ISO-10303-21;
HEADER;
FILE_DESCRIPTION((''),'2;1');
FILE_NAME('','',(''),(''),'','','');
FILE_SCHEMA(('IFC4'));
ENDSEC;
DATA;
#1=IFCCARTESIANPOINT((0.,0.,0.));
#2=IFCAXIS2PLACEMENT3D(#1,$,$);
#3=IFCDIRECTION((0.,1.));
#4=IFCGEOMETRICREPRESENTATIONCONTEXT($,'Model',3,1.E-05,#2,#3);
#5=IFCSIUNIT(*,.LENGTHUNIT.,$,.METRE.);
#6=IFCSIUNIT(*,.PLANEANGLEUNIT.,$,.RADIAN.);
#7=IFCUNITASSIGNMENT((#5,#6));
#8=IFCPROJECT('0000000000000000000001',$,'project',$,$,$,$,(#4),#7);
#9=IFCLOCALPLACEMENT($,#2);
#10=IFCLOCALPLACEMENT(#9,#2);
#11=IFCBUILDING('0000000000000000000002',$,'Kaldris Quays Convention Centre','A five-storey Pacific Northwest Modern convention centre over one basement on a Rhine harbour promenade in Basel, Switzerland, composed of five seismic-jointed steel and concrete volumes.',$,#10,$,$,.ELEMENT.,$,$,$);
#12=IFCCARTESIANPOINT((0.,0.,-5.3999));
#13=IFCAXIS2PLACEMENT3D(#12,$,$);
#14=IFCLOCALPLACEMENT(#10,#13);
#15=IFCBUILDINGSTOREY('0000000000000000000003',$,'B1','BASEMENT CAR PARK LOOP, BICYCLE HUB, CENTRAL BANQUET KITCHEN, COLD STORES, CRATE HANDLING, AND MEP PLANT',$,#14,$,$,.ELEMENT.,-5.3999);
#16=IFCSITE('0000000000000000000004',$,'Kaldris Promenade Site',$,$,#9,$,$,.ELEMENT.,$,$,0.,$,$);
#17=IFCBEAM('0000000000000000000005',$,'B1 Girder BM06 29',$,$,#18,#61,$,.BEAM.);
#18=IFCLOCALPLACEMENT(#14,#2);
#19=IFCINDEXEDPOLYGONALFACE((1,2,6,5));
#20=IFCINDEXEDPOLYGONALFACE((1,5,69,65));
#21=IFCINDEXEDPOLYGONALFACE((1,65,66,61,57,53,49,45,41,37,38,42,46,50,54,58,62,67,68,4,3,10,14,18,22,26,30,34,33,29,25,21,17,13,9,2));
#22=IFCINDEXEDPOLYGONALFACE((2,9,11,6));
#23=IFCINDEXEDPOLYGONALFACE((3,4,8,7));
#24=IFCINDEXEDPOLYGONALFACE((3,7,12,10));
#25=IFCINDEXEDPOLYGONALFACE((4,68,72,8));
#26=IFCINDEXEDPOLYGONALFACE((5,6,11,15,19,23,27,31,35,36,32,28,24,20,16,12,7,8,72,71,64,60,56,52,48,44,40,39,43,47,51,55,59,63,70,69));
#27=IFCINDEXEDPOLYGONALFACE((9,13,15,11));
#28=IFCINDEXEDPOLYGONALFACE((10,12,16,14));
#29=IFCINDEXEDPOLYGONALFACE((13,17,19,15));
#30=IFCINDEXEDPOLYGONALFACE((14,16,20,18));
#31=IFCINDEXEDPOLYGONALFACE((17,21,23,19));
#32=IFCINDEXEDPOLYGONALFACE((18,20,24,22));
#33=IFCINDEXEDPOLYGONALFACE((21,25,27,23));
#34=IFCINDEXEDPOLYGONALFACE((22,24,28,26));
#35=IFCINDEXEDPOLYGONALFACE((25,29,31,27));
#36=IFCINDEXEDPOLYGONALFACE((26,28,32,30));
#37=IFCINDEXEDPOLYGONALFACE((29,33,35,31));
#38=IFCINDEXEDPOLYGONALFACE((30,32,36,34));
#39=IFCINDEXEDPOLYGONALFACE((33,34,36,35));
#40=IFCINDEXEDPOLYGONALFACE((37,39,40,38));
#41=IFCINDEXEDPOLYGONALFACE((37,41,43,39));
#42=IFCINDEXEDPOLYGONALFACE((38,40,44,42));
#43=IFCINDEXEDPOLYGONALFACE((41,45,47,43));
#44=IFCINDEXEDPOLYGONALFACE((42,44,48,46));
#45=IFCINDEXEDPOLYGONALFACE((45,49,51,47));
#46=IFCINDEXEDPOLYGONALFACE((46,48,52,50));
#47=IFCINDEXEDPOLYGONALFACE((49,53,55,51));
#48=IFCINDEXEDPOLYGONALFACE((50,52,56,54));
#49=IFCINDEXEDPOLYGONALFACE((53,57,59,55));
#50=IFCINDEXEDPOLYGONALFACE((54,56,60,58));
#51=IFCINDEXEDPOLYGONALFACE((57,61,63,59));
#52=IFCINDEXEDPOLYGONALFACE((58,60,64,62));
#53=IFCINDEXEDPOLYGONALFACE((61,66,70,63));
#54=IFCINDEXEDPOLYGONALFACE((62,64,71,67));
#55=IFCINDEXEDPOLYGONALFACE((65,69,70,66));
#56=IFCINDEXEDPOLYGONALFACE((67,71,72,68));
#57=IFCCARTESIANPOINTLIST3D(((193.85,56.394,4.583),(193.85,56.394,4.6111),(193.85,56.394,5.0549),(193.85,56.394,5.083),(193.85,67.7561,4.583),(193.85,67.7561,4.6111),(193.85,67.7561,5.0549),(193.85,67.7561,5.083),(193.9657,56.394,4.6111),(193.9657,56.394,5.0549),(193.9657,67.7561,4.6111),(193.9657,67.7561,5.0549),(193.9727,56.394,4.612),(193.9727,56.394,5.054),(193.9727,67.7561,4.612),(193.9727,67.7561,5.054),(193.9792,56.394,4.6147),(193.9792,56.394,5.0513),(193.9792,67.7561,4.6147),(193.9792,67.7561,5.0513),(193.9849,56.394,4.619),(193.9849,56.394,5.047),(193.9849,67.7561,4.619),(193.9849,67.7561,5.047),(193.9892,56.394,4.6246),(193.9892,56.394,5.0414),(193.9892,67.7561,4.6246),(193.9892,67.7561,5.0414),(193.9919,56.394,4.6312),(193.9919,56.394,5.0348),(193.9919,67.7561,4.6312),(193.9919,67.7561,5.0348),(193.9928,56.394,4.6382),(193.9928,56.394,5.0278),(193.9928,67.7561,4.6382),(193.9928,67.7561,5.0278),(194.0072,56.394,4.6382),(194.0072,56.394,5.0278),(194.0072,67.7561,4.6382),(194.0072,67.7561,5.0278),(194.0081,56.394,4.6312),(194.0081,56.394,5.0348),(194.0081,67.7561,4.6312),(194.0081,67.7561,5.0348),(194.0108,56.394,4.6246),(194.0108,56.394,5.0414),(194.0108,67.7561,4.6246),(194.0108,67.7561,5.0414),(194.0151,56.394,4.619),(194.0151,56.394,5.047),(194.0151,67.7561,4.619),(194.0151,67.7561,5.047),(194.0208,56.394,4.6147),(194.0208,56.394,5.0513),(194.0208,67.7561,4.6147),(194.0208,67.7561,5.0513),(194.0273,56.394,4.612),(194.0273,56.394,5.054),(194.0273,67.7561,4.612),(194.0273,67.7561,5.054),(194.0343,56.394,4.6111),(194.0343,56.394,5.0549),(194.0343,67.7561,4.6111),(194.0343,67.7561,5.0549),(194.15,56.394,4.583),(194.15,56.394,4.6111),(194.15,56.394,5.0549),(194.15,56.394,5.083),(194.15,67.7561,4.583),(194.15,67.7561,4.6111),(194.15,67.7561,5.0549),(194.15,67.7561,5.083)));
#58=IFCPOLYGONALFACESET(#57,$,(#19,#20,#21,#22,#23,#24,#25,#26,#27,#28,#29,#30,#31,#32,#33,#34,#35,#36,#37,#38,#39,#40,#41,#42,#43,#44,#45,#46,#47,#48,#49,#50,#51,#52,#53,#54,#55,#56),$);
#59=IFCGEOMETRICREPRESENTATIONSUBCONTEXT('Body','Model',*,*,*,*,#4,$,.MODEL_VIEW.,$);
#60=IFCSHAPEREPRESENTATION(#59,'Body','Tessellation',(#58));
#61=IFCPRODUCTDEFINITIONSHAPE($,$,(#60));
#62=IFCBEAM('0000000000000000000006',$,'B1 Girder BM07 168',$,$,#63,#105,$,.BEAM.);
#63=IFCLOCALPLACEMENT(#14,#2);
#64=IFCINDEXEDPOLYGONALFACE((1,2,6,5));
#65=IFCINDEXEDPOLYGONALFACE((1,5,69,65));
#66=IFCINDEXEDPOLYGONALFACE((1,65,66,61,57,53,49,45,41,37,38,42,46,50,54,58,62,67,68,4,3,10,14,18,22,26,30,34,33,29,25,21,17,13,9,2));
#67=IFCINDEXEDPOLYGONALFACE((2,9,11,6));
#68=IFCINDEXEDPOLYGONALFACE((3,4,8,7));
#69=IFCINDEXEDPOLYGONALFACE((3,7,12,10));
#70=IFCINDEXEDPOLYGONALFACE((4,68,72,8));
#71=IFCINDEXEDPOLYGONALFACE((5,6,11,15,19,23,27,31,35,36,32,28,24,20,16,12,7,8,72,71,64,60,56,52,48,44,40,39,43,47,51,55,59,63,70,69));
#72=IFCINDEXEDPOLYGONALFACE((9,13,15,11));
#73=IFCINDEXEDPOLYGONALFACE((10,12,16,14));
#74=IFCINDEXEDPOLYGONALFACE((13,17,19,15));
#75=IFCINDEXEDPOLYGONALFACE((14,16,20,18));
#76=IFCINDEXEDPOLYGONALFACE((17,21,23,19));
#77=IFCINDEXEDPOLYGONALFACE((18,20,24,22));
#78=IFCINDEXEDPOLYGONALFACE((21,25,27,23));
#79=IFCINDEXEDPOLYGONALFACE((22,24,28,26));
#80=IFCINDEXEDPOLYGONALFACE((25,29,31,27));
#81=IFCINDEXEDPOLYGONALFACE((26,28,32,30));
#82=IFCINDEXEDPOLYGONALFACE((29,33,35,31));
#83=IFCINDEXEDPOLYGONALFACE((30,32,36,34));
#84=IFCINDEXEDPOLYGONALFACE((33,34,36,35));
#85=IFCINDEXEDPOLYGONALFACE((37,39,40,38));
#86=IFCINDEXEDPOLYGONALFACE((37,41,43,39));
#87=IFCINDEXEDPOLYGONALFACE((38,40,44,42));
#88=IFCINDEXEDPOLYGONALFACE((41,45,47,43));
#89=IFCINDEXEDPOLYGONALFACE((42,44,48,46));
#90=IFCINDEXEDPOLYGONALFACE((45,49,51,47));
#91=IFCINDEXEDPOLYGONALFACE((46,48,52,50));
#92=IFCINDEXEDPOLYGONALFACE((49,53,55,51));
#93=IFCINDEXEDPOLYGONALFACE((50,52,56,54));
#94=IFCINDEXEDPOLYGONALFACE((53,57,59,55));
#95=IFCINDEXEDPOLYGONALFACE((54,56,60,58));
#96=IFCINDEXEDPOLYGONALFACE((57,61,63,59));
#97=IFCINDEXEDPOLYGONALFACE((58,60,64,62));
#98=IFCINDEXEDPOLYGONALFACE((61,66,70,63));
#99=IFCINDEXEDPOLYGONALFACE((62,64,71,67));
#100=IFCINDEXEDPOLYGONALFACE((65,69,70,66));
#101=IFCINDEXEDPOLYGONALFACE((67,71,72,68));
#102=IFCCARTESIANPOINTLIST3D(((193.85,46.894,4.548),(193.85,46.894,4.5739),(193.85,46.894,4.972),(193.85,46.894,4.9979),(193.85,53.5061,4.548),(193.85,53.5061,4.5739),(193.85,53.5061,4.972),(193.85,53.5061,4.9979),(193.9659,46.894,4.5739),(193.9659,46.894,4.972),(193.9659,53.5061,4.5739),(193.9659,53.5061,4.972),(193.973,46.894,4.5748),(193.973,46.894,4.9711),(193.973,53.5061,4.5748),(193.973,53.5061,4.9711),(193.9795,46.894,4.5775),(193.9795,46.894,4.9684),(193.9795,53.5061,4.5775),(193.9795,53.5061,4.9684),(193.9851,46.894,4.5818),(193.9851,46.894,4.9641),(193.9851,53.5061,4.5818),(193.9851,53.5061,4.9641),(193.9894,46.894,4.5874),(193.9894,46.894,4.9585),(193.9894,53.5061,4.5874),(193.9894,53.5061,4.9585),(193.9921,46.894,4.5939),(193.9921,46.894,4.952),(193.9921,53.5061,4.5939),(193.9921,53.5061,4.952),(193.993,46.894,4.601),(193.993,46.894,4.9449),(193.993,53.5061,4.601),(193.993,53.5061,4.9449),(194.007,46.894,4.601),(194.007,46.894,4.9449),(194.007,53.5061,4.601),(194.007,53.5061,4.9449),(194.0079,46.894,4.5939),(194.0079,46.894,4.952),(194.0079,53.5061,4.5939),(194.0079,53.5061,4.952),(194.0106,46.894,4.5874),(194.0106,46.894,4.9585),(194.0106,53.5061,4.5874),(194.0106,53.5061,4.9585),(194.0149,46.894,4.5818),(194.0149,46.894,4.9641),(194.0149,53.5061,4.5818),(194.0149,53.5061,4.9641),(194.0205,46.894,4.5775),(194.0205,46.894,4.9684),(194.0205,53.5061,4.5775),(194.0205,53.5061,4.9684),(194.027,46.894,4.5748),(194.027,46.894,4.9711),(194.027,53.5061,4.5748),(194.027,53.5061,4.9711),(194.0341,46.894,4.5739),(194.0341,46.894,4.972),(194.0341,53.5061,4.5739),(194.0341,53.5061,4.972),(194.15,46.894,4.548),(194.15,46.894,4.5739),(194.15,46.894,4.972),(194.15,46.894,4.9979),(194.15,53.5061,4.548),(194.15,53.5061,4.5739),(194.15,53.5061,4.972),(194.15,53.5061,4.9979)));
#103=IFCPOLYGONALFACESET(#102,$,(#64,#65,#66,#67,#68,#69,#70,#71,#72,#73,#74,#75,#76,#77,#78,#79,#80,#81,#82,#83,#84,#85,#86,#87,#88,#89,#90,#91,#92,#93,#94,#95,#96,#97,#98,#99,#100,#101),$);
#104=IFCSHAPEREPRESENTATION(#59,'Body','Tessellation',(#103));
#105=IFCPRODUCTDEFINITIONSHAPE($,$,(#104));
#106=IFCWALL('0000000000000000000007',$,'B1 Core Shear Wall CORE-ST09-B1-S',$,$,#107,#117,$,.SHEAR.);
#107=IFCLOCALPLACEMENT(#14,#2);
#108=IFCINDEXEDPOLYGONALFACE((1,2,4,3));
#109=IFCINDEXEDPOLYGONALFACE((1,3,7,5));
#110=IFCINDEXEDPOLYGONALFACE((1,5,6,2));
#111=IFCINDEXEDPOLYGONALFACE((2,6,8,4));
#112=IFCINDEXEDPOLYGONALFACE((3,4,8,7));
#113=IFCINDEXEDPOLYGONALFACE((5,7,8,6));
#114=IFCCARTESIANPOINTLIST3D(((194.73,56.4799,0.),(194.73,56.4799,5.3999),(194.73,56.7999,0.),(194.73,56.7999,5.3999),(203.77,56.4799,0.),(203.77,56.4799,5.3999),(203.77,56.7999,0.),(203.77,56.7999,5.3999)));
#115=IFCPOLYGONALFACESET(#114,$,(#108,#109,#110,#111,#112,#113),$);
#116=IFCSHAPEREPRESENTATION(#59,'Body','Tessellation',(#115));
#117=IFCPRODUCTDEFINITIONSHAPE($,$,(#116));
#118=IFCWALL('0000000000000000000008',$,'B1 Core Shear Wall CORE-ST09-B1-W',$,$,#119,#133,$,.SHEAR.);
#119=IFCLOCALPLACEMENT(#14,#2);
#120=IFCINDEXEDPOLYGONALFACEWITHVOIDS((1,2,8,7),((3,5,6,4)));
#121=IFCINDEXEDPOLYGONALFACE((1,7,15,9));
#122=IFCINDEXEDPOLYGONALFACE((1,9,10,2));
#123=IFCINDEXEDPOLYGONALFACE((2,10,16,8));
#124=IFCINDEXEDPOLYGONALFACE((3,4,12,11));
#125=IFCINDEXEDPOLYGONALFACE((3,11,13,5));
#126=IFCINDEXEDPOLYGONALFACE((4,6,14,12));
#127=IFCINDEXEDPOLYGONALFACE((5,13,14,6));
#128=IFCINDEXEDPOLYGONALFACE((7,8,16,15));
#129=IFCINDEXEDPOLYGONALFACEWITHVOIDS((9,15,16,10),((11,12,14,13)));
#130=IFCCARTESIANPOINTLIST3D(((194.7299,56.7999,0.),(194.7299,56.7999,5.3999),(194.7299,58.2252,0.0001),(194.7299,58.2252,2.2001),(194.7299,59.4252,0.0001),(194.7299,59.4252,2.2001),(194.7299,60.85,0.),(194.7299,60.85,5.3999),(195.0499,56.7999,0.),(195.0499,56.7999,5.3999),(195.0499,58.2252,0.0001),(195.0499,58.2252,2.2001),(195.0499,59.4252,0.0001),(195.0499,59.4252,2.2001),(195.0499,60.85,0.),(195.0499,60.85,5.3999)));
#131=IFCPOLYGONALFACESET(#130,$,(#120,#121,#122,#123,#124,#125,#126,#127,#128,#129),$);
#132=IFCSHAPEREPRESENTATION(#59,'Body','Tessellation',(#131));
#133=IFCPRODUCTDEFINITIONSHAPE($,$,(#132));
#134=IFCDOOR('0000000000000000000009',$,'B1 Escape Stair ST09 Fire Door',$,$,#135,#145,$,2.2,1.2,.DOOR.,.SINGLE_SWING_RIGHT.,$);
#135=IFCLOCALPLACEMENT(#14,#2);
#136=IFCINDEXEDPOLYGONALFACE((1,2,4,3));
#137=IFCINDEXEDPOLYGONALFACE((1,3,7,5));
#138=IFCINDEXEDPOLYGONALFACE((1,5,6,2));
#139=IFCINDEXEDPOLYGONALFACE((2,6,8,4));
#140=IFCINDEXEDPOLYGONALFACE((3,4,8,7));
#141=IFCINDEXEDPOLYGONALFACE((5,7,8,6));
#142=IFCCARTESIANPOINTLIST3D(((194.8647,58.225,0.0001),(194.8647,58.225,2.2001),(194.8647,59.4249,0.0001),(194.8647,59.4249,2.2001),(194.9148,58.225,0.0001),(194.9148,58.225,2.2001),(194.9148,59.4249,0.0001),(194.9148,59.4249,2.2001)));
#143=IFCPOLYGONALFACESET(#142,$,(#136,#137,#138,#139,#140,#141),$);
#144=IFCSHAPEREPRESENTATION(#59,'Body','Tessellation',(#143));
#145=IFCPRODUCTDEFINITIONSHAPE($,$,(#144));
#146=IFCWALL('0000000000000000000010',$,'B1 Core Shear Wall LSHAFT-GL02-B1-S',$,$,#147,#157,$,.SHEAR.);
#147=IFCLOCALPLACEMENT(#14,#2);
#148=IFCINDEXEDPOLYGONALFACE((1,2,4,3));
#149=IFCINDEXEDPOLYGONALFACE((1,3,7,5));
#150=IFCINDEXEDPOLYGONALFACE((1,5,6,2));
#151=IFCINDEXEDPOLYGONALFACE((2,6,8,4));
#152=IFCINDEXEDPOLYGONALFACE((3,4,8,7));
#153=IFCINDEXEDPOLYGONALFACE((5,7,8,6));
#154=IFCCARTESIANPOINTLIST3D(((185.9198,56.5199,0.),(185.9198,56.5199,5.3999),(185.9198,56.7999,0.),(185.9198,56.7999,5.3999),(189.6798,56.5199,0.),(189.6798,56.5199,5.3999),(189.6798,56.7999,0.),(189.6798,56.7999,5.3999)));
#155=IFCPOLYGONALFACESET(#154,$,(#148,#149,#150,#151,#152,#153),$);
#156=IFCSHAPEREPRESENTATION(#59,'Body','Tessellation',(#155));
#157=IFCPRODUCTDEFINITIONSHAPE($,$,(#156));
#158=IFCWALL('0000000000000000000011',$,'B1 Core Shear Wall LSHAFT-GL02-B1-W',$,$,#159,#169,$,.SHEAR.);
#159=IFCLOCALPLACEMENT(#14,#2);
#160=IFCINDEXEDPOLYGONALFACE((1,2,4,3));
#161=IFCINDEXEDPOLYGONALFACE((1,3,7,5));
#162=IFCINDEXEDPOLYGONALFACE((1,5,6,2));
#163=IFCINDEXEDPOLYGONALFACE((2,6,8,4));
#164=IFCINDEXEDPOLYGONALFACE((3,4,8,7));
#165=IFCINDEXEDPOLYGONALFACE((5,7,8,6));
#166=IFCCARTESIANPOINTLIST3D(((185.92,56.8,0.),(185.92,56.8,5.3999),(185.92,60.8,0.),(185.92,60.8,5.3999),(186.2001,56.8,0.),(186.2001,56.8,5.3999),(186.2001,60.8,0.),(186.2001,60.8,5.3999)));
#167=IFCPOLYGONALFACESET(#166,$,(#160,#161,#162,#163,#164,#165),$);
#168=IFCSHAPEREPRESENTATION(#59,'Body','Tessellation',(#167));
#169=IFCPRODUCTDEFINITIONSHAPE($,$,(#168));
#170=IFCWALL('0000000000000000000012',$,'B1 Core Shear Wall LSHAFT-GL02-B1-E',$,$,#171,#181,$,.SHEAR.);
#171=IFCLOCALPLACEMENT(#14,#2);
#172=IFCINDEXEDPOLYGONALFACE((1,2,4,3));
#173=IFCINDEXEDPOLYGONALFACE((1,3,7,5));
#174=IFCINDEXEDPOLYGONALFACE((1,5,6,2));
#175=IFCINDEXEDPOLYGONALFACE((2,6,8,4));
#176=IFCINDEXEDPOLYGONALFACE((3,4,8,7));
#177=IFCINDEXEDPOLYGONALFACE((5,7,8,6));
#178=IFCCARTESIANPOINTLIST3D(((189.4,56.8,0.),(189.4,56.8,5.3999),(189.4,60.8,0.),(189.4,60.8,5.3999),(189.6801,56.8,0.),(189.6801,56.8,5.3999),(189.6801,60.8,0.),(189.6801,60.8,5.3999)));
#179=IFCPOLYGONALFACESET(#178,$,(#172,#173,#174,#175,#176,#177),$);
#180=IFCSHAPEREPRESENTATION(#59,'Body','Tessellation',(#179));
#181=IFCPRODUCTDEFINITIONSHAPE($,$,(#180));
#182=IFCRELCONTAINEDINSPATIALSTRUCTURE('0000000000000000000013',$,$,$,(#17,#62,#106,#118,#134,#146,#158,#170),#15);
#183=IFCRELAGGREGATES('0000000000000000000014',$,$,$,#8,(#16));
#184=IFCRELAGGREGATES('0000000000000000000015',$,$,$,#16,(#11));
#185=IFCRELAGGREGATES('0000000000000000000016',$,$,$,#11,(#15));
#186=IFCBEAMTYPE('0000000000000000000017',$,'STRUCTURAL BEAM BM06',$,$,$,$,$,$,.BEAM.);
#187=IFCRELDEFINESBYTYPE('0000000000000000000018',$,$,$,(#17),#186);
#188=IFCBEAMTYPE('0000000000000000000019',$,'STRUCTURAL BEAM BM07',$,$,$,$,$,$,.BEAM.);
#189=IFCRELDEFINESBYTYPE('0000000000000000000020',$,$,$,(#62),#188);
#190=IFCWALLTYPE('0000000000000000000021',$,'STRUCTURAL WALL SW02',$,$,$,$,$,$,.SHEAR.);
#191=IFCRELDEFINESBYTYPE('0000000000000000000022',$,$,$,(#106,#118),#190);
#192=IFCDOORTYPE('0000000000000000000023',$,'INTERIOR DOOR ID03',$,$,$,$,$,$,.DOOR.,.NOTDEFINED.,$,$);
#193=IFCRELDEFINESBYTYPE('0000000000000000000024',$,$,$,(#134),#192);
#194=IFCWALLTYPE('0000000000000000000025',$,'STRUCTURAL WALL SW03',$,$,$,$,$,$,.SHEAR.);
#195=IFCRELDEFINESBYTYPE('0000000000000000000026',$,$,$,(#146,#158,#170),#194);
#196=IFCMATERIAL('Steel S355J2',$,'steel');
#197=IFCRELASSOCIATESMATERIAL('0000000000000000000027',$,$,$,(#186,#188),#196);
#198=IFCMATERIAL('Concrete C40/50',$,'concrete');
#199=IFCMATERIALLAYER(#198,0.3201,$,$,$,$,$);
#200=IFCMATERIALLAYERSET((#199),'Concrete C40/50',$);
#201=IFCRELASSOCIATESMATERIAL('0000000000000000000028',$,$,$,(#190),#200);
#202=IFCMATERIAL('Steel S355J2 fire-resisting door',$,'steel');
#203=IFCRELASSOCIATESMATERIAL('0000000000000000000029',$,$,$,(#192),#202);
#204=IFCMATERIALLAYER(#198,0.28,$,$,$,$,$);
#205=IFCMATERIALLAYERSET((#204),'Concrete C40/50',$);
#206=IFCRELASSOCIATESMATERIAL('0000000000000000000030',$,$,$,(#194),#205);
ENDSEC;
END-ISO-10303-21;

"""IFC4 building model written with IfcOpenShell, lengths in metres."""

from ifc_helpers import new_model, si_unit, direction, frame, frame_2d, origin, origin_2d, place, context, subcontext, project, spatial, rectangle, i_section, extrude, material, layer, layer_set, material_profile, profile_set, type_object, element, fill, save


model = new_model("IFC4")

# Units and contexts
model_context = context("Model", 3, precision=1e-05, world=origin(), true_north=direction((0.0, 1.0)))
body_context = subcontext(model_context, "Body", "Model", "MODEL_VIEW")
ifc_project = project(units=[si_unit("LENGTHUNIT", "METRE"), si_unit("PLANEANGLEUNIT", "RADIAN")], contexts=[model_context])

# Site, building, storey
site_placement = place(None, origin())
site = spatial("IfcSite", under=ifc_project, at=site_placement, Name="Kaldris Promenade Site", CompositionType="ELEMENT", RefElevation=0.0)
building_placement = place(site_placement, origin())
building = spatial("IfcBuilding", under=site, at=building_placement, Name="Kaldris Quays Convention Centre", Description="A five-storey Pacific Northwest Modern convention centre over one basement on a Rhine harbour promenade in Basel, Switzerland, composed of five seismic-jointed steel and concrete volumes.", CompositionType="ELEMENT")
storey_placement = place(building_placement, frame((0.0, 0.0, -5.3999)))
storey = spatial("IfcBuildingStorey", under=building, at=storey_placement, Name="B1", Description="BASEMENT CAR PARK LOOP, BICYCLE HUB, CENTRAL BANQUET KITCHEN, COLD STORES, CRATE HANDLING, AND MEP PLANT", CompositionType="ELEMENT", Elevation=-5.3999)

# Shared definitions
ifc_material_1 = material(Name="Steel S355J2", Category="steel")
ifc_material_2 = material(Name="Concrete C40/50", Category="concrete")

# Beams
ifc_material_profile_1 = material_profile(ifc_material_1, i_section(OverallWidth=0.3, OverallDepth=0.5, WebThickness=0.0144, FlangeThickness=0.0281, FilletRadius=0.0271, at=origin_2d()), Name="HEB 500")
ifc_profile_set_1 = profile_set([ifc_material_profile_1], Name="Steel S355J2")
beam_type_1 = type_object("IfcBeamType", Name="STRUCTURAL BEAM BM06", PredefinedType="BEAM", material=ifc_profile_set_1)
beam_1_placement = place(storey_placement, frame((194.0, 56.394, 4.833), z_axis=(0.0, 1.0, 0.0), x_axis=(-1.0, 0.0, 0.0)))
element("IfcBeam", 1, at=beam_1_placement, inside=storey, type_object=beam_type_1, Name="B1 Girder BM06 29", PredefinedType="BEAM", context=body_context, shape_type="SweptSolid", body=[
    extrude(i_section(OverallWidth=0.3, OverallDepth=0.5, WebThickness=0.0144, FlangeThickness=0.0281, FilletRadius=0.0271, at=origin_2d()), origin(), (0.0, 0.0, 1.0), 11.3621),
])
ifc_material_profile_2 = material_profile(ifc_material_1, i_section(OverallWidth=0.3, OverallDepth=0.45, WebThickness=0.0139, FlangeThickness=0.0259, FilletRadius=0.0271, at=origin_2d()), Name="HEB 450")
ifc_profile_set_2 = profile_set([ifc_material_profile_2], Name="Steel S355J2")
beam_type_2 = type_object("IfcBeamType", Name="STRUCTURAL BEAM BM07", PredefinedType="BEAM", material=ifc_profile_set_2)
beam_2_placement = place(storey_placement, frame((194.0, 46.894, 4.7729), z_axis=(0.0, 1.0, 0.0), x_axis=(-1.0, 0.0, 0.0)))
element("IfcBeam", 2, at=beam_2_placement, inside=storey, type_object=beam_type_2, Name="B1 Girder BM07 168", PredefinedType="BEAM", context=body_context, shape_type="SweptSolid", body=[
    extrude(i_section(OverallWidth=0.3, OverallDepth=0.45, WebThickness=0.0139, FlangeThickness=0.0259, FilletRadius=0.0271, at=origin_2d()), origin(), (0.0, 0.0, 1.0), 6.6121),
])

# Wall
ifc_layer_1 = layer(ifc_material_2, 0.3201)
ifc_layer_set_1 = layer_set([ifc_layer_1], Name="Concrete C40/50")
wall_type_1 = type_object("IfcWallType", Name="STRUCTURAL WALL SW02", PredefinedType="SHEAR", material=ifc_layer_set_1)
wall_1_placement = place(storey_placement, frame((194.73, 56.6399, 0.0), z_axis=(0.0, 0.0, 1.0), x_axis=(1.0, 0.0, 0.0)))
element("IfcWall", 3, at=wall_1_placement, inside=storey, type_object=wall_type_1, Name="B1 Core Shear Wall CORE-ST09-B1-S", PredefinedType="SHEAR", context=body_context, shape_type="SweptSolid", body=[
    extrude(rectangle(XDim=9.04, YDim=0.3201, at=frame_2d((4.52, 0.0))), origin(), (0.0, 0.0, 1.0), 5.3999),
])

# Wall, opening, door
wall_2_placement = place(storey_placement, frame((194.8899, 56.8, 0.0), z_axis=(0.0, 0.0, 1.0), x_axis=(0.0, 1.0, 0.0)))
wall_2 = element("IfcWall", 4, at=wall_2_placement, inside=storey, type_object=wall_type_1, Name="B1 Core Shear Wall CORE-ST09-B1-W", PredefinedType="SHEAR", context=body_context, shape_type="SweptSolid", body=[
    extrude(rectangle(XDim=4.05, YDim=0.3201, at=frame_2d((2.0249, 0.0))), origin(), (0.0, 0.0, 1.0), 5.3999),
])
opening_placement = place(wall_2_placement, frame((1.425, 0.0, 0.0)))
opening = element("IfcOpeningElement", 5, at=opening_placement, cuts=wall_2, PredefinedType="OPENING", context=body_context, shape_type="SweptSolid", body=[
    extrude(rectangle(XDim=1.2, YDim=2.2, at=frame_2d((0.6001, 1.1001))), frame((0.0, 0.1699, 0.0), z_axis=(0.0, -1.0, 0.0), x_axis=(1.0, 0.0, 0.0)), (0.0, 0.0, 1.0), 0.3401),
])
ifc_material_3 = material(Name="Steel S355J2 fire-resisting door", Category="steel")
door_type = type_object("IfcDoorType", Name="INTERIOR DOOR ID03", OperationType="NOTDEFINED", PredefinedType="DOOR", material=ifc_material_3)
door_placement = place(opening_placement, frame((1.2, 0.0, 0.0), z_axis=(0.0, 0.0, 1.0), x_axis=(-1.0, 0.0, 0.0)))
door = element("IfcDoor", 6, at=door_placement, inside=storey, type_object=door_type, Name="B1 Escape Stair ST09 Fire Door", OperationType="SINGLE_SWING_RIGHT", OverallHeight=2.2, OverallWidth=1.2, PredefinedType="DOOR", context=body_context, shape_type="SweptSolid", body=[
    extrude(rectangle(XDim=1.2, YDim=2.2, at=frame_2d((0.6001, 1.1001))), frame((0.0, 0.0249, 0.0), z_axis=(0.0, -1.0, 0.0), x_axis=(1.0, 0.0, 0.0)), (0.0, 0.0, 1.0), 0.05),
])
fill(opening, door)

# Walls
ifc_layer_2 = layer(ifc_material_2, 0.28)
ifc_layer_set_2 = layer_set([ifc_layer_2], Name="Concrete C40/50")
wall_type_2 = type_object("IfcWallType", Name="STRUCTURAL WALL SW03", PredefinedType="SHEAR", material=ifc_layer_set_2)
wall_3_placement = place(storey_placement, frame((185.9199, 56.6599, 0.0), z_axis=(0.0, 0.0, 1.0), x_axis=(1.0, 0.0, 0.0)))
element("IfcWall", 7, at=wall_3_placement, inside=storey, type_object=wall_type_2, Name="B1 Core Shear Wall LSHAFT-GL02-B1-S", PredefinedType="SHEAR", context=body_context, shape_type="SweptSolid", body=[
    extrude(rectangle(XDim=3.76, YDim=0.28, at=frame_2d((1.8799, 0.0))), origin(), (0.0, 0.0, 1.0), 5.3999),
])
for number, where, z_axis, x_axis, name in (
    (8, (186.0601, 56.8, 0.0), (0.0, 0.0, 1.0), (0.0, 1.0, 0.0), "B1 Core Shear Wall LSHAFT-GL02-B1-W"),
    (9, (189.54, 56.8, 0.0), (0.0, 0.0, 1.0), (0.0, 1.0, 0.0), "B1 Core Shear Wall LSHAFT-GL02-B1-E"),
):
    element("IfcWall", number, at=place(storey_placement, frame(where, z_axis=z_axis, x_axis=x_axis)), inside=storey, type_object=wall_type_2, Name=name, PredefinedType="SHEAR", context=body_context, shape_type="SweptSolid", body=[
        extrude(rectangle(XDim=4.0, YDim=0.28, at=frame_2d((2.0, 0.0))), origin(), (0.0, 0.0, 1.0), 5.3999),
    ])

save(model, "model.ifc")
